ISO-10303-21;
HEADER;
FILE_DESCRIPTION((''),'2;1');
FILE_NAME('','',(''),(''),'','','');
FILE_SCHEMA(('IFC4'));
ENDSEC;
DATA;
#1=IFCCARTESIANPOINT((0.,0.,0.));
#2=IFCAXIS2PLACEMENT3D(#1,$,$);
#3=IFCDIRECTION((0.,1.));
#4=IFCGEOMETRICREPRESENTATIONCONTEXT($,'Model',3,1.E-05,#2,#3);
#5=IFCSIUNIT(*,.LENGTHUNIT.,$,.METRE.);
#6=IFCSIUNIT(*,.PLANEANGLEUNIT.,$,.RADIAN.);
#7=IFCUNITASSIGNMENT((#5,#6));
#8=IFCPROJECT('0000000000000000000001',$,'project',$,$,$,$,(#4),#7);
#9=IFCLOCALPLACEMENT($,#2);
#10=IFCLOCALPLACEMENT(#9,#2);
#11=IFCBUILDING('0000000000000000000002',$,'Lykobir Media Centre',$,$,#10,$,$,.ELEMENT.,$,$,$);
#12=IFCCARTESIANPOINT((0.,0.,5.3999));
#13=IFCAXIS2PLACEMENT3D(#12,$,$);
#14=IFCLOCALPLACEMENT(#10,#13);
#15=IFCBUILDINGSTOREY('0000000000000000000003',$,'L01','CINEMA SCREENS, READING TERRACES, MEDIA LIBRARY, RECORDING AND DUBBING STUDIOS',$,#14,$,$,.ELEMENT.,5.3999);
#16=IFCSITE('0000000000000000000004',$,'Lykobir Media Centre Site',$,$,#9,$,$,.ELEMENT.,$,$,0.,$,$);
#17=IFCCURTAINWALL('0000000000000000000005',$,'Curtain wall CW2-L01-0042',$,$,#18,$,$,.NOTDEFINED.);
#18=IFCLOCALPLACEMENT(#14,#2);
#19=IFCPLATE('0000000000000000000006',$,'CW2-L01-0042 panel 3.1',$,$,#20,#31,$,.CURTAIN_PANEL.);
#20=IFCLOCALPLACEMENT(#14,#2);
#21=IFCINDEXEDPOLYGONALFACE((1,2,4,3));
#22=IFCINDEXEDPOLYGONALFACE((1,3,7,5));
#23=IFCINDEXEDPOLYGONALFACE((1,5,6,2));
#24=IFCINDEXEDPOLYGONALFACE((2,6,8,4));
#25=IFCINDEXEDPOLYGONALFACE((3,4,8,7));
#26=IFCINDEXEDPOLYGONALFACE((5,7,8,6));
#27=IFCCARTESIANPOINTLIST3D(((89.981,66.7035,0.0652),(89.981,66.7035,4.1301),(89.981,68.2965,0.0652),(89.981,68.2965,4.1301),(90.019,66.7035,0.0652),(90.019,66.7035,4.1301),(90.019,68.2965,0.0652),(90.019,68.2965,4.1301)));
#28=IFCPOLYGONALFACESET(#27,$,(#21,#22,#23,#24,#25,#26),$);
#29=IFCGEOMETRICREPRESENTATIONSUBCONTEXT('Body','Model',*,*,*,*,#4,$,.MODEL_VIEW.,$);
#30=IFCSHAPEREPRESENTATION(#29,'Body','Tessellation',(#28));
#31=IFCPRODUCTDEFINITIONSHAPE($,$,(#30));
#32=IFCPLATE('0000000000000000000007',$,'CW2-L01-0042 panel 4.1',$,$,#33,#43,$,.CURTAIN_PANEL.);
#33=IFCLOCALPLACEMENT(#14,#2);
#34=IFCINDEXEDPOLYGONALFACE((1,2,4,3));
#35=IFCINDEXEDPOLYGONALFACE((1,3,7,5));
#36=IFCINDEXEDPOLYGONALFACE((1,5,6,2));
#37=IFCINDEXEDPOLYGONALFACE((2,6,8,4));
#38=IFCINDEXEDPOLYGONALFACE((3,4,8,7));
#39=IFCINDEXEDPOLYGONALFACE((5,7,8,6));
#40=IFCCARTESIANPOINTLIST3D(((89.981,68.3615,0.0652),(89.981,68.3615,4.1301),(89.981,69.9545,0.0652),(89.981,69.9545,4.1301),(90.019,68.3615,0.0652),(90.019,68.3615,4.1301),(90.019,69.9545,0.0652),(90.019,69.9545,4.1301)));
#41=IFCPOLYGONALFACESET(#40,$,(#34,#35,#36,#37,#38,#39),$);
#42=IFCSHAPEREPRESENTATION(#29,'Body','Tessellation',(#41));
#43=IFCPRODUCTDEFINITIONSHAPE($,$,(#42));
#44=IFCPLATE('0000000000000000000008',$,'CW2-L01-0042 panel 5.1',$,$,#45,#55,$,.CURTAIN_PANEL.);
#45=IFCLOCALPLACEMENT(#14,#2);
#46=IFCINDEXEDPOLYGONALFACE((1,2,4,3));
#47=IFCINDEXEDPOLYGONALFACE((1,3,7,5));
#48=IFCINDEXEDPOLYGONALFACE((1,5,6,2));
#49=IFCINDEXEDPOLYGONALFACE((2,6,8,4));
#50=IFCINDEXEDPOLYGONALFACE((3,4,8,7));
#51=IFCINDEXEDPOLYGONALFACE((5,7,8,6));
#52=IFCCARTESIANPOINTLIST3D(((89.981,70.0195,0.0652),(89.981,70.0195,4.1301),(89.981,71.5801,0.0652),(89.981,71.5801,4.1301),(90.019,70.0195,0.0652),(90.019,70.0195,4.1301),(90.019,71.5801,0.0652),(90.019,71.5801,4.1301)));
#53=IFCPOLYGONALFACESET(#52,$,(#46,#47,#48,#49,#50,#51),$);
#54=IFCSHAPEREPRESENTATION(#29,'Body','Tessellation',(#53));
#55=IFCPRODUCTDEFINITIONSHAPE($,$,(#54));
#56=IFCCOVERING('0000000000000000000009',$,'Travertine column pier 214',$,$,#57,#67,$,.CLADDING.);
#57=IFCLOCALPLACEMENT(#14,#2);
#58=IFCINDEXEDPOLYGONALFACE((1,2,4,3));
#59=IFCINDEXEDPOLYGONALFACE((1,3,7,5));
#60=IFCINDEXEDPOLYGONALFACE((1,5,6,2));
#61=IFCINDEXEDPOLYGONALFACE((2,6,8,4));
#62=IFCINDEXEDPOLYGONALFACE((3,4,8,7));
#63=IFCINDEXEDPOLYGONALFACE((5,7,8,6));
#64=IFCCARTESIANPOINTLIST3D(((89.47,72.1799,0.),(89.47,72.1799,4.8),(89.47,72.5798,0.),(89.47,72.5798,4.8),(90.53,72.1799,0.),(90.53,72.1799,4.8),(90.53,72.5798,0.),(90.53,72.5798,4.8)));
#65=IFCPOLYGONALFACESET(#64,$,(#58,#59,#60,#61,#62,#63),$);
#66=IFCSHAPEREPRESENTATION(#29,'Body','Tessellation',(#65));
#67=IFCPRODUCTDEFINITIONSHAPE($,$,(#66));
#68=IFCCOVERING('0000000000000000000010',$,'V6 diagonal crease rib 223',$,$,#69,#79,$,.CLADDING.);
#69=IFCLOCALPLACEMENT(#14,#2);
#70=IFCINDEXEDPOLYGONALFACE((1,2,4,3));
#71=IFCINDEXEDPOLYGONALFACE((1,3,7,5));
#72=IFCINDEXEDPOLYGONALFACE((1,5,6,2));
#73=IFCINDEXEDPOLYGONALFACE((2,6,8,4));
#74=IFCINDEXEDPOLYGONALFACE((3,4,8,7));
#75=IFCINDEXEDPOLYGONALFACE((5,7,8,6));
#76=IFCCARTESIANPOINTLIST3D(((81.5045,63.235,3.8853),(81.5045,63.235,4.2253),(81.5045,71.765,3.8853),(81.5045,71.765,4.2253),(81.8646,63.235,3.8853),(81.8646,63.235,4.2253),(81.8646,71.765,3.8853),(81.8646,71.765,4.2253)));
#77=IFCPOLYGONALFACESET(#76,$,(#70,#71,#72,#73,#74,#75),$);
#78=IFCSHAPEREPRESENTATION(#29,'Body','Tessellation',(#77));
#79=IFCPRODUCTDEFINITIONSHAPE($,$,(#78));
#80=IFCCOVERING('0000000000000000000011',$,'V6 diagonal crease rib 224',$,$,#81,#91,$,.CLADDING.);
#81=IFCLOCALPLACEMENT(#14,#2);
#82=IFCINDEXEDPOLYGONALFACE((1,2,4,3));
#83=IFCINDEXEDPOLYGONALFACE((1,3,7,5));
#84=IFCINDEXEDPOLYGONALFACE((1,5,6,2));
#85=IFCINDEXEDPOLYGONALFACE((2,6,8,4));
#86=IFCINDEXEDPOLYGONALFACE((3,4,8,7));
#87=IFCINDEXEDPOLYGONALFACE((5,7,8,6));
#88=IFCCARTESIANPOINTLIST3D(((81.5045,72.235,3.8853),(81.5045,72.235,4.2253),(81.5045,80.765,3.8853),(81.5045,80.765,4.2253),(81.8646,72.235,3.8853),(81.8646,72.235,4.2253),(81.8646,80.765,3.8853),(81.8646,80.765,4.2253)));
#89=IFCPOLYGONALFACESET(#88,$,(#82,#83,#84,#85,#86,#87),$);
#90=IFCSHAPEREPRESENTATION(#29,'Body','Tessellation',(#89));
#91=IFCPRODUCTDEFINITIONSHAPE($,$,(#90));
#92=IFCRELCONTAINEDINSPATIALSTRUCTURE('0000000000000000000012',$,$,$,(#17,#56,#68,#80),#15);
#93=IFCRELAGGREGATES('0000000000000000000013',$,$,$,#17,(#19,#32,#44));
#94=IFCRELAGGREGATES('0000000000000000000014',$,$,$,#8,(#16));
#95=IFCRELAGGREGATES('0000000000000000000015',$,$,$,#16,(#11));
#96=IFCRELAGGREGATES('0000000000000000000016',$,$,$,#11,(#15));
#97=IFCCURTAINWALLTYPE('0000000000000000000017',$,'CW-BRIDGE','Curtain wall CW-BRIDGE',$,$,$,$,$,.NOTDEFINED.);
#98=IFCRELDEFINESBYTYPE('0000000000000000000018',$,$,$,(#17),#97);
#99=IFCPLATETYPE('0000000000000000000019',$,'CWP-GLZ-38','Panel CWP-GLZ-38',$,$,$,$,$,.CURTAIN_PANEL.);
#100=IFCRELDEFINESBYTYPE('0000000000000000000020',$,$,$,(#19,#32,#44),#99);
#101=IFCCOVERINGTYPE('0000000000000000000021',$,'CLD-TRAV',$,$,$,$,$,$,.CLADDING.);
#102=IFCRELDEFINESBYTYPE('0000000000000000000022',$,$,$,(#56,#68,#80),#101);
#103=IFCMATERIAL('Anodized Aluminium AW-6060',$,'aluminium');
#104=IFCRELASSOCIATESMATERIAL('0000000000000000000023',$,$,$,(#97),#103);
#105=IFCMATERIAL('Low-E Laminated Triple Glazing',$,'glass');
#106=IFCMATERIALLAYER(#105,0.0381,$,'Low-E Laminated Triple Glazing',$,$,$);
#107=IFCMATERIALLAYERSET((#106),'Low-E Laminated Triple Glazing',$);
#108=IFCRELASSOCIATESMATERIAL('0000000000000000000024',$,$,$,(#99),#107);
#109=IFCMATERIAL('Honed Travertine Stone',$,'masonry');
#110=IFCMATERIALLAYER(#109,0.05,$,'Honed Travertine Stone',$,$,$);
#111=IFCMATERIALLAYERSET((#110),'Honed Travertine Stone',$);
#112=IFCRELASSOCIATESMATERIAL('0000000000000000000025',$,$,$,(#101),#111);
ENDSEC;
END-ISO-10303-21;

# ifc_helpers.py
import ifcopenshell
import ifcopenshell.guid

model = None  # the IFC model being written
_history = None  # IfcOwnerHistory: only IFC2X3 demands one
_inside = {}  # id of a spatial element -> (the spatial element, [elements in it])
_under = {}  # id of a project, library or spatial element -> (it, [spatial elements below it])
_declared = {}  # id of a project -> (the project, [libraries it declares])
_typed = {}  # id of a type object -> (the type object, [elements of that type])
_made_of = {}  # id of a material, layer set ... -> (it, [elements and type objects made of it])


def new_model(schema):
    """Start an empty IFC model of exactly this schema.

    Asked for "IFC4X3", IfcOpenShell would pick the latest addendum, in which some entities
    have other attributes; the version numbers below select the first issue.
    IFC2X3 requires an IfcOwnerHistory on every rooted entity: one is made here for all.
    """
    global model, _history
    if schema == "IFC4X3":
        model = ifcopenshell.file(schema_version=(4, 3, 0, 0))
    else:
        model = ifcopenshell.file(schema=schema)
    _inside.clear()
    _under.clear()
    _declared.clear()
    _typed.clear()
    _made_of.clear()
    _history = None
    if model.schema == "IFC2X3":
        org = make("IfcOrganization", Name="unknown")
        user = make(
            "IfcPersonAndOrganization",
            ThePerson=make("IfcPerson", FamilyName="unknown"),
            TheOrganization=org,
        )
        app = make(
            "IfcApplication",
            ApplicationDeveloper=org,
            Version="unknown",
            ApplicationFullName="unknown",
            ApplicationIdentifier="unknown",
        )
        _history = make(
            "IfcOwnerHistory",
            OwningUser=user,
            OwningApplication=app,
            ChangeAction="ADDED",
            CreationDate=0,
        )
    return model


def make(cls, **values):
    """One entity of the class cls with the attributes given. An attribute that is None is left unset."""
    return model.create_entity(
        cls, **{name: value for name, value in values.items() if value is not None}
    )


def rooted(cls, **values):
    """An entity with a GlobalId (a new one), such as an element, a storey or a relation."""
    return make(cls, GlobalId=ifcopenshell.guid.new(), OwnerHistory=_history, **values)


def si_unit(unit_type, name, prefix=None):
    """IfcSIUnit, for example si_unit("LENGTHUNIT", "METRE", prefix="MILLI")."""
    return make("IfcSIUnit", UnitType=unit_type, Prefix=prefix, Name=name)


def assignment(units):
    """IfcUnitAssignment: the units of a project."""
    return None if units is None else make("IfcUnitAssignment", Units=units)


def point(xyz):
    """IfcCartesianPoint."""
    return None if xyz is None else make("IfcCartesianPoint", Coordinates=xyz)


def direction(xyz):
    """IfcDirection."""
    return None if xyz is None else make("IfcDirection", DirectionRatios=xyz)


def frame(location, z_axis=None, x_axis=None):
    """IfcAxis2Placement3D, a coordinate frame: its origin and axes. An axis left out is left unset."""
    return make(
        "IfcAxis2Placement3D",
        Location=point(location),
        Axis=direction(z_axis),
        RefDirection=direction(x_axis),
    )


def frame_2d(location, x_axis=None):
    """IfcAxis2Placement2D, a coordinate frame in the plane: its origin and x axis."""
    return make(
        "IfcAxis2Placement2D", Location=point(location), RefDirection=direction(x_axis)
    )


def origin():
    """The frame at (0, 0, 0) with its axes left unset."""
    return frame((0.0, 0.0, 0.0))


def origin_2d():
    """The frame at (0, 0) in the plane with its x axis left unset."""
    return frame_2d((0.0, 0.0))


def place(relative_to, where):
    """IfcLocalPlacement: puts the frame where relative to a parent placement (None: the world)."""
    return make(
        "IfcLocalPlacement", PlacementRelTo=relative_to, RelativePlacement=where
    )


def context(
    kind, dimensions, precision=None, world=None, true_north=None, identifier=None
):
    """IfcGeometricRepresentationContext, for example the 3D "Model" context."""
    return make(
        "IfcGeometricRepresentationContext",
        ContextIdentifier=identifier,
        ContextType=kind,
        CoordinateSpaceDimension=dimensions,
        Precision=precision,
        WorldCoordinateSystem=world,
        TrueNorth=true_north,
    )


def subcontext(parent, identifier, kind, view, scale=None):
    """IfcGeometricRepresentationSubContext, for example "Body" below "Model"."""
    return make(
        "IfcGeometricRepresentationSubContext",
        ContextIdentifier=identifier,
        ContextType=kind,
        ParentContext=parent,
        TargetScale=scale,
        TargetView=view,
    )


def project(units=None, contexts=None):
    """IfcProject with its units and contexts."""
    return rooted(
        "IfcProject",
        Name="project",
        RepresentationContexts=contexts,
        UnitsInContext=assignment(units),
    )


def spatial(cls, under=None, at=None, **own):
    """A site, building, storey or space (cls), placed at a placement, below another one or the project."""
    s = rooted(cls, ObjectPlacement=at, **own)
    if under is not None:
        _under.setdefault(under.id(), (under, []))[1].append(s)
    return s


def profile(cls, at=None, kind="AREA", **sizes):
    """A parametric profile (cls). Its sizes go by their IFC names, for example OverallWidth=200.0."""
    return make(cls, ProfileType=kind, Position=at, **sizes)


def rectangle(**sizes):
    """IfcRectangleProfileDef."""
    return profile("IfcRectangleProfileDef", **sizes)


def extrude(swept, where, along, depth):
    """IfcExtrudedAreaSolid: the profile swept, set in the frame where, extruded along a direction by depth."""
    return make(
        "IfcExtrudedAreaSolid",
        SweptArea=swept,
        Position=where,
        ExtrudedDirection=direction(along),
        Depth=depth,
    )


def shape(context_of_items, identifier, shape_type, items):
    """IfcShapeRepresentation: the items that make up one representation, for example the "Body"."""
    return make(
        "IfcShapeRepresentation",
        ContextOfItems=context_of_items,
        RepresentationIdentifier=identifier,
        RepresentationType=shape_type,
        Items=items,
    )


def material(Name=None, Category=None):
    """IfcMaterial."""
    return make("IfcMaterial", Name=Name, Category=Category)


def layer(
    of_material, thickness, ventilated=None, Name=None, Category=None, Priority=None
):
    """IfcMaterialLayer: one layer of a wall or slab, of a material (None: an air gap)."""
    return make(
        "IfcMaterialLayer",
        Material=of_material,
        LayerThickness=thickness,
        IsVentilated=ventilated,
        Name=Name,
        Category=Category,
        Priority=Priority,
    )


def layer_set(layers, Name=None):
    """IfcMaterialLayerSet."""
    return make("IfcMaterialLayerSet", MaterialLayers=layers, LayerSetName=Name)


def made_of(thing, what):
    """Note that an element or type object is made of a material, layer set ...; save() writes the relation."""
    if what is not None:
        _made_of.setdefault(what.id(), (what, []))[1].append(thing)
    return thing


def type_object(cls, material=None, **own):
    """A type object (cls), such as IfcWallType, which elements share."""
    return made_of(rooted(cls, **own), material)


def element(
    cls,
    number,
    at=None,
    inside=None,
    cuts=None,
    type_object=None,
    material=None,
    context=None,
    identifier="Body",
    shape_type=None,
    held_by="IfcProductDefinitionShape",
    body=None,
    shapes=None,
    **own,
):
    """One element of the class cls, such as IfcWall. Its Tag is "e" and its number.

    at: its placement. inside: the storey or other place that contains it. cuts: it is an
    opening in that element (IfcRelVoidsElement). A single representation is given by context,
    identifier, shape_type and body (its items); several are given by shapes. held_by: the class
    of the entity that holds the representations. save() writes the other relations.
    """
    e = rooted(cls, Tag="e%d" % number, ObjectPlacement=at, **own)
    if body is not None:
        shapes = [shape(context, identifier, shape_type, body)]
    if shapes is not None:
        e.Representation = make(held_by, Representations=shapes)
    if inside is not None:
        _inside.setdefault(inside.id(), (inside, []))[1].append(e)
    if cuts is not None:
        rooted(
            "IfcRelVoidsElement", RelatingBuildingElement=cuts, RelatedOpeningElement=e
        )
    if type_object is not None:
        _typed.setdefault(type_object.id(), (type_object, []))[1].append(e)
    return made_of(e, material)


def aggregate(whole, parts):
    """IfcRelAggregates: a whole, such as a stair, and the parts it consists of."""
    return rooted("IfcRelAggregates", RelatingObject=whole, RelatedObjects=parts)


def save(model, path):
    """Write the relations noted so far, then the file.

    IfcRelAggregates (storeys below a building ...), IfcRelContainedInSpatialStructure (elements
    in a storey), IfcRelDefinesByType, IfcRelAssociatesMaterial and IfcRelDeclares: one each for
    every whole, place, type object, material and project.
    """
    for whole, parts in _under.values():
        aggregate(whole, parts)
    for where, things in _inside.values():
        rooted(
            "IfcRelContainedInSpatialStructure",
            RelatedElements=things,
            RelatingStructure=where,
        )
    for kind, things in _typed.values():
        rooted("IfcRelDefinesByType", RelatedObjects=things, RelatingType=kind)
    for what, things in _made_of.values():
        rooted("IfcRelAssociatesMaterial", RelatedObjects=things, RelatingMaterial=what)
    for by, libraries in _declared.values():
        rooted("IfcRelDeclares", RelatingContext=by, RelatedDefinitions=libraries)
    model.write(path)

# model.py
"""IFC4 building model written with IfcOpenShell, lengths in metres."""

from ifc_helpers import new_model, si_unit, direction, frame, origin, origin_2d, place, context, subcontext, project, spatial, rectangle, extrude, material, layer, layer_set, type_object, element, aggregate, save


model = new_model("IFC4")

# Units and contexts
model_context = context("Model", 3, precision=1e-05, world=origin(), true_north=direction((0.0, 1.0)))
body_context = subcontext(model_context, "Body", "Model", "MODEL_VIEW")
ifc_project = project(units=[si_unit("LENGTHUNIT", "METRE"), si_unit("PLANEANGLEUNIT", "RADIAN")], contexts=[model_context])

# Site, building, storey
site_placement = place(None, origin())
site = spatial("IfcSite", under=ifc_project, at=site_placement, Name="Lykobir Media Centre Site", CompositionType="ELEMENT", RefElevation=0.0)
building_placement = place(site_placement, origin())
building = spatial("IfcBuilding", under=site, at=building_placement, Name="Lykobir Media Centre", CompositionType="ELEMENT")
storey_placement = place(building_placement, frame((0.0, 0.0, 5.3999)))
storey = spatial("IfcBuildingStorey", under=building, at=storey_placement, Name="L01", Description="CINEMA SCREENS, READING TERRACES, MEDIA LIBRARY, RECORDING AND DUBBING STUDIOS", CompositionType="ELEMENT", Elevation=5.3999)

# Shared definitions
ifc_material_1 = material(Name="Anodized Aluminium AW-6060", Category="aluminium")
curtain_wall_type_1 = type_object("IfcCurtainWallType", Name="CW-BRIDGE", Description="Curtain wall CW-BRIDGE", PredefinedType="NOTDEFINED", material=ifc_material_1)

# Curtain wall
curtain_wall_1_placement = place(storey_placement, origin())
curtain_wall_1 = element("IfcCurtainWall", 1, at=curtain_wall_1_placement, inside=storey, type_object=curtain_wall_type_1, Name="Curtain wall CW2-L01-0042", PredefinedType="NOTDEFINED")

# Plates
ifc_material_2 = material(Name="Low-E Laminated Triple Glazing", Category="glass")
ifc_layer_1 = layer(ifc_material_2, 0.0381, Name="Low-E Laminated Triple Glazing")
ifc_layer_set_1 = layer_set([ifc_layer_1], Name="Low-E Laminated Triple Glazing")
plate_type = type_object("IfcPlateType", Name="CWP-GLZ-38", Description="Panel CWP-GLZ-38", PredefinedType="CURTAIN_PANEL", material=ifc_layer_set_1)
plate_1_placement = place(storey_placement, frame((90.0, 67.5, 0.0652), z_axis=(0.0, 0.0, 1.0), x_axis=(0.0, 1.0, 0.0)))
plate_1 = element("IfcPlate", 2, at=plate_1_placement, type_object=plate_type, Name="CW2-L01-0042 panel 3.1", PredefinedType="CURTAIN_PANEL", context=body_context, shape_type="SweptSolid", body=[
    extrude(rectangle(XDim=1.593, YDim=0.0381, at=origin_2d()), origin(), (0.0, 0.0, 1.0), 4.0649),
])
plate_2_placement = place(storey_placement, frame((90.0, 69.158, 0.0652), z_axis=(0.0, 0.0, 1.0), x_axis=(0.0, 1.0, 0.0)))
plate_2 = element("IfcPlate", 3, at=plate_2_placement, type_object=plate_type, Name="CW2-L01-0042 panel 4.1", PredefinedType="CURTAIN_PANEL", context=body_context, shape_type="SweptSolid", body=[
    extrude(rectangle(XDim=1.593, YDim=0.0381, at=origin_2d()), origin(), (0.0, 0.0, 1.0), 4.0649),
])
plate_3_placement = place(storey_placement, frame((90.0, 70.7998, 0.0652), z_axis=(0.0, 0.0, 1.0), x_axis=(0.0, 1.0, 0.0)))
plate_3 = element("IfcPlate", 4, at=plate_3_placement, type_object=plate_type, Name="CW2-L01-0042 panel 5.1", PredefinedType="CURTAIN_PANEL", context=body_context, shape_type="SweptSolid", body=[
    extrude(rectangle(XDim=1.5605, YDim=0.0381, at=origin_2d()), origin(), (0.0, 0.0, 1.0), 4.0649),
])
aggregate(curtain_wall_1, [plate_1, plate_2, plate_3])

# Coverings
ifc_material_3 = material(Name="Honed Travertine Stone", Category="masonry")
ifc_layer_2 = layer(ifc_material_3, 0.05, Name="Honed Travertine Stone")
ifc_layer_set_2 = layer_set([ifc_layer_2], Name="Honed Travertine Stone")
covering_type = type_object("IfcCoveringType", Name="CLD-TRAV", PredefinedType="CLADDING", material=ifc_layer_set_2)
covering_placement = place(storey_placement, frame((90.0, 72.3799, 0.0), z_axis=(0.0, 0.0, 1.0), x_axis=(-1.0, 0.0, 0.0)))
element("IfcCovering", 5, at=covering_placement, inside=storey, type_object=covering_type, Name="Travertine column pier 214", PredefinedType="CLADDING", context=body_context, shape_type="SweptSolid", body=[
    extrude(rectangle(XDim=1.0601, YDim=0.3999, at=origin_2d()), origin(), (0.0, 0.0, 1.0), 4.8),
])
for number, where, z_axis, x_axis, name in (
    (6, (81.6846, 67.5, 3.8853), (0.0, 0.0, 1.0), (0.0, 1.0, 0.0), "V6 diagonal crease rib 223"),
    (7, (81.6846, 76.5, 3.8853), (0.0, 0.0, 1.0), (0.0, 1.0, 0.0), "V6 diagonal crease rib 224"),
):
    element("IfcCovering", number, at=place(storey_placement, frame(where, z_axis=z_axis, x_axis=x_axis)), inside=storey, type_object=covering_type, Name=name, PredefinedType="CLADDING", context=body_context, shape_type="SweptSolid", body=[
        extrude(rectangle(XDim=8.53, YDim=0.3601, at=origin_2d()), origin(), (0.0, 0.0, 1.0), 0.3401),
    ])

save(model, "model.ifc")
